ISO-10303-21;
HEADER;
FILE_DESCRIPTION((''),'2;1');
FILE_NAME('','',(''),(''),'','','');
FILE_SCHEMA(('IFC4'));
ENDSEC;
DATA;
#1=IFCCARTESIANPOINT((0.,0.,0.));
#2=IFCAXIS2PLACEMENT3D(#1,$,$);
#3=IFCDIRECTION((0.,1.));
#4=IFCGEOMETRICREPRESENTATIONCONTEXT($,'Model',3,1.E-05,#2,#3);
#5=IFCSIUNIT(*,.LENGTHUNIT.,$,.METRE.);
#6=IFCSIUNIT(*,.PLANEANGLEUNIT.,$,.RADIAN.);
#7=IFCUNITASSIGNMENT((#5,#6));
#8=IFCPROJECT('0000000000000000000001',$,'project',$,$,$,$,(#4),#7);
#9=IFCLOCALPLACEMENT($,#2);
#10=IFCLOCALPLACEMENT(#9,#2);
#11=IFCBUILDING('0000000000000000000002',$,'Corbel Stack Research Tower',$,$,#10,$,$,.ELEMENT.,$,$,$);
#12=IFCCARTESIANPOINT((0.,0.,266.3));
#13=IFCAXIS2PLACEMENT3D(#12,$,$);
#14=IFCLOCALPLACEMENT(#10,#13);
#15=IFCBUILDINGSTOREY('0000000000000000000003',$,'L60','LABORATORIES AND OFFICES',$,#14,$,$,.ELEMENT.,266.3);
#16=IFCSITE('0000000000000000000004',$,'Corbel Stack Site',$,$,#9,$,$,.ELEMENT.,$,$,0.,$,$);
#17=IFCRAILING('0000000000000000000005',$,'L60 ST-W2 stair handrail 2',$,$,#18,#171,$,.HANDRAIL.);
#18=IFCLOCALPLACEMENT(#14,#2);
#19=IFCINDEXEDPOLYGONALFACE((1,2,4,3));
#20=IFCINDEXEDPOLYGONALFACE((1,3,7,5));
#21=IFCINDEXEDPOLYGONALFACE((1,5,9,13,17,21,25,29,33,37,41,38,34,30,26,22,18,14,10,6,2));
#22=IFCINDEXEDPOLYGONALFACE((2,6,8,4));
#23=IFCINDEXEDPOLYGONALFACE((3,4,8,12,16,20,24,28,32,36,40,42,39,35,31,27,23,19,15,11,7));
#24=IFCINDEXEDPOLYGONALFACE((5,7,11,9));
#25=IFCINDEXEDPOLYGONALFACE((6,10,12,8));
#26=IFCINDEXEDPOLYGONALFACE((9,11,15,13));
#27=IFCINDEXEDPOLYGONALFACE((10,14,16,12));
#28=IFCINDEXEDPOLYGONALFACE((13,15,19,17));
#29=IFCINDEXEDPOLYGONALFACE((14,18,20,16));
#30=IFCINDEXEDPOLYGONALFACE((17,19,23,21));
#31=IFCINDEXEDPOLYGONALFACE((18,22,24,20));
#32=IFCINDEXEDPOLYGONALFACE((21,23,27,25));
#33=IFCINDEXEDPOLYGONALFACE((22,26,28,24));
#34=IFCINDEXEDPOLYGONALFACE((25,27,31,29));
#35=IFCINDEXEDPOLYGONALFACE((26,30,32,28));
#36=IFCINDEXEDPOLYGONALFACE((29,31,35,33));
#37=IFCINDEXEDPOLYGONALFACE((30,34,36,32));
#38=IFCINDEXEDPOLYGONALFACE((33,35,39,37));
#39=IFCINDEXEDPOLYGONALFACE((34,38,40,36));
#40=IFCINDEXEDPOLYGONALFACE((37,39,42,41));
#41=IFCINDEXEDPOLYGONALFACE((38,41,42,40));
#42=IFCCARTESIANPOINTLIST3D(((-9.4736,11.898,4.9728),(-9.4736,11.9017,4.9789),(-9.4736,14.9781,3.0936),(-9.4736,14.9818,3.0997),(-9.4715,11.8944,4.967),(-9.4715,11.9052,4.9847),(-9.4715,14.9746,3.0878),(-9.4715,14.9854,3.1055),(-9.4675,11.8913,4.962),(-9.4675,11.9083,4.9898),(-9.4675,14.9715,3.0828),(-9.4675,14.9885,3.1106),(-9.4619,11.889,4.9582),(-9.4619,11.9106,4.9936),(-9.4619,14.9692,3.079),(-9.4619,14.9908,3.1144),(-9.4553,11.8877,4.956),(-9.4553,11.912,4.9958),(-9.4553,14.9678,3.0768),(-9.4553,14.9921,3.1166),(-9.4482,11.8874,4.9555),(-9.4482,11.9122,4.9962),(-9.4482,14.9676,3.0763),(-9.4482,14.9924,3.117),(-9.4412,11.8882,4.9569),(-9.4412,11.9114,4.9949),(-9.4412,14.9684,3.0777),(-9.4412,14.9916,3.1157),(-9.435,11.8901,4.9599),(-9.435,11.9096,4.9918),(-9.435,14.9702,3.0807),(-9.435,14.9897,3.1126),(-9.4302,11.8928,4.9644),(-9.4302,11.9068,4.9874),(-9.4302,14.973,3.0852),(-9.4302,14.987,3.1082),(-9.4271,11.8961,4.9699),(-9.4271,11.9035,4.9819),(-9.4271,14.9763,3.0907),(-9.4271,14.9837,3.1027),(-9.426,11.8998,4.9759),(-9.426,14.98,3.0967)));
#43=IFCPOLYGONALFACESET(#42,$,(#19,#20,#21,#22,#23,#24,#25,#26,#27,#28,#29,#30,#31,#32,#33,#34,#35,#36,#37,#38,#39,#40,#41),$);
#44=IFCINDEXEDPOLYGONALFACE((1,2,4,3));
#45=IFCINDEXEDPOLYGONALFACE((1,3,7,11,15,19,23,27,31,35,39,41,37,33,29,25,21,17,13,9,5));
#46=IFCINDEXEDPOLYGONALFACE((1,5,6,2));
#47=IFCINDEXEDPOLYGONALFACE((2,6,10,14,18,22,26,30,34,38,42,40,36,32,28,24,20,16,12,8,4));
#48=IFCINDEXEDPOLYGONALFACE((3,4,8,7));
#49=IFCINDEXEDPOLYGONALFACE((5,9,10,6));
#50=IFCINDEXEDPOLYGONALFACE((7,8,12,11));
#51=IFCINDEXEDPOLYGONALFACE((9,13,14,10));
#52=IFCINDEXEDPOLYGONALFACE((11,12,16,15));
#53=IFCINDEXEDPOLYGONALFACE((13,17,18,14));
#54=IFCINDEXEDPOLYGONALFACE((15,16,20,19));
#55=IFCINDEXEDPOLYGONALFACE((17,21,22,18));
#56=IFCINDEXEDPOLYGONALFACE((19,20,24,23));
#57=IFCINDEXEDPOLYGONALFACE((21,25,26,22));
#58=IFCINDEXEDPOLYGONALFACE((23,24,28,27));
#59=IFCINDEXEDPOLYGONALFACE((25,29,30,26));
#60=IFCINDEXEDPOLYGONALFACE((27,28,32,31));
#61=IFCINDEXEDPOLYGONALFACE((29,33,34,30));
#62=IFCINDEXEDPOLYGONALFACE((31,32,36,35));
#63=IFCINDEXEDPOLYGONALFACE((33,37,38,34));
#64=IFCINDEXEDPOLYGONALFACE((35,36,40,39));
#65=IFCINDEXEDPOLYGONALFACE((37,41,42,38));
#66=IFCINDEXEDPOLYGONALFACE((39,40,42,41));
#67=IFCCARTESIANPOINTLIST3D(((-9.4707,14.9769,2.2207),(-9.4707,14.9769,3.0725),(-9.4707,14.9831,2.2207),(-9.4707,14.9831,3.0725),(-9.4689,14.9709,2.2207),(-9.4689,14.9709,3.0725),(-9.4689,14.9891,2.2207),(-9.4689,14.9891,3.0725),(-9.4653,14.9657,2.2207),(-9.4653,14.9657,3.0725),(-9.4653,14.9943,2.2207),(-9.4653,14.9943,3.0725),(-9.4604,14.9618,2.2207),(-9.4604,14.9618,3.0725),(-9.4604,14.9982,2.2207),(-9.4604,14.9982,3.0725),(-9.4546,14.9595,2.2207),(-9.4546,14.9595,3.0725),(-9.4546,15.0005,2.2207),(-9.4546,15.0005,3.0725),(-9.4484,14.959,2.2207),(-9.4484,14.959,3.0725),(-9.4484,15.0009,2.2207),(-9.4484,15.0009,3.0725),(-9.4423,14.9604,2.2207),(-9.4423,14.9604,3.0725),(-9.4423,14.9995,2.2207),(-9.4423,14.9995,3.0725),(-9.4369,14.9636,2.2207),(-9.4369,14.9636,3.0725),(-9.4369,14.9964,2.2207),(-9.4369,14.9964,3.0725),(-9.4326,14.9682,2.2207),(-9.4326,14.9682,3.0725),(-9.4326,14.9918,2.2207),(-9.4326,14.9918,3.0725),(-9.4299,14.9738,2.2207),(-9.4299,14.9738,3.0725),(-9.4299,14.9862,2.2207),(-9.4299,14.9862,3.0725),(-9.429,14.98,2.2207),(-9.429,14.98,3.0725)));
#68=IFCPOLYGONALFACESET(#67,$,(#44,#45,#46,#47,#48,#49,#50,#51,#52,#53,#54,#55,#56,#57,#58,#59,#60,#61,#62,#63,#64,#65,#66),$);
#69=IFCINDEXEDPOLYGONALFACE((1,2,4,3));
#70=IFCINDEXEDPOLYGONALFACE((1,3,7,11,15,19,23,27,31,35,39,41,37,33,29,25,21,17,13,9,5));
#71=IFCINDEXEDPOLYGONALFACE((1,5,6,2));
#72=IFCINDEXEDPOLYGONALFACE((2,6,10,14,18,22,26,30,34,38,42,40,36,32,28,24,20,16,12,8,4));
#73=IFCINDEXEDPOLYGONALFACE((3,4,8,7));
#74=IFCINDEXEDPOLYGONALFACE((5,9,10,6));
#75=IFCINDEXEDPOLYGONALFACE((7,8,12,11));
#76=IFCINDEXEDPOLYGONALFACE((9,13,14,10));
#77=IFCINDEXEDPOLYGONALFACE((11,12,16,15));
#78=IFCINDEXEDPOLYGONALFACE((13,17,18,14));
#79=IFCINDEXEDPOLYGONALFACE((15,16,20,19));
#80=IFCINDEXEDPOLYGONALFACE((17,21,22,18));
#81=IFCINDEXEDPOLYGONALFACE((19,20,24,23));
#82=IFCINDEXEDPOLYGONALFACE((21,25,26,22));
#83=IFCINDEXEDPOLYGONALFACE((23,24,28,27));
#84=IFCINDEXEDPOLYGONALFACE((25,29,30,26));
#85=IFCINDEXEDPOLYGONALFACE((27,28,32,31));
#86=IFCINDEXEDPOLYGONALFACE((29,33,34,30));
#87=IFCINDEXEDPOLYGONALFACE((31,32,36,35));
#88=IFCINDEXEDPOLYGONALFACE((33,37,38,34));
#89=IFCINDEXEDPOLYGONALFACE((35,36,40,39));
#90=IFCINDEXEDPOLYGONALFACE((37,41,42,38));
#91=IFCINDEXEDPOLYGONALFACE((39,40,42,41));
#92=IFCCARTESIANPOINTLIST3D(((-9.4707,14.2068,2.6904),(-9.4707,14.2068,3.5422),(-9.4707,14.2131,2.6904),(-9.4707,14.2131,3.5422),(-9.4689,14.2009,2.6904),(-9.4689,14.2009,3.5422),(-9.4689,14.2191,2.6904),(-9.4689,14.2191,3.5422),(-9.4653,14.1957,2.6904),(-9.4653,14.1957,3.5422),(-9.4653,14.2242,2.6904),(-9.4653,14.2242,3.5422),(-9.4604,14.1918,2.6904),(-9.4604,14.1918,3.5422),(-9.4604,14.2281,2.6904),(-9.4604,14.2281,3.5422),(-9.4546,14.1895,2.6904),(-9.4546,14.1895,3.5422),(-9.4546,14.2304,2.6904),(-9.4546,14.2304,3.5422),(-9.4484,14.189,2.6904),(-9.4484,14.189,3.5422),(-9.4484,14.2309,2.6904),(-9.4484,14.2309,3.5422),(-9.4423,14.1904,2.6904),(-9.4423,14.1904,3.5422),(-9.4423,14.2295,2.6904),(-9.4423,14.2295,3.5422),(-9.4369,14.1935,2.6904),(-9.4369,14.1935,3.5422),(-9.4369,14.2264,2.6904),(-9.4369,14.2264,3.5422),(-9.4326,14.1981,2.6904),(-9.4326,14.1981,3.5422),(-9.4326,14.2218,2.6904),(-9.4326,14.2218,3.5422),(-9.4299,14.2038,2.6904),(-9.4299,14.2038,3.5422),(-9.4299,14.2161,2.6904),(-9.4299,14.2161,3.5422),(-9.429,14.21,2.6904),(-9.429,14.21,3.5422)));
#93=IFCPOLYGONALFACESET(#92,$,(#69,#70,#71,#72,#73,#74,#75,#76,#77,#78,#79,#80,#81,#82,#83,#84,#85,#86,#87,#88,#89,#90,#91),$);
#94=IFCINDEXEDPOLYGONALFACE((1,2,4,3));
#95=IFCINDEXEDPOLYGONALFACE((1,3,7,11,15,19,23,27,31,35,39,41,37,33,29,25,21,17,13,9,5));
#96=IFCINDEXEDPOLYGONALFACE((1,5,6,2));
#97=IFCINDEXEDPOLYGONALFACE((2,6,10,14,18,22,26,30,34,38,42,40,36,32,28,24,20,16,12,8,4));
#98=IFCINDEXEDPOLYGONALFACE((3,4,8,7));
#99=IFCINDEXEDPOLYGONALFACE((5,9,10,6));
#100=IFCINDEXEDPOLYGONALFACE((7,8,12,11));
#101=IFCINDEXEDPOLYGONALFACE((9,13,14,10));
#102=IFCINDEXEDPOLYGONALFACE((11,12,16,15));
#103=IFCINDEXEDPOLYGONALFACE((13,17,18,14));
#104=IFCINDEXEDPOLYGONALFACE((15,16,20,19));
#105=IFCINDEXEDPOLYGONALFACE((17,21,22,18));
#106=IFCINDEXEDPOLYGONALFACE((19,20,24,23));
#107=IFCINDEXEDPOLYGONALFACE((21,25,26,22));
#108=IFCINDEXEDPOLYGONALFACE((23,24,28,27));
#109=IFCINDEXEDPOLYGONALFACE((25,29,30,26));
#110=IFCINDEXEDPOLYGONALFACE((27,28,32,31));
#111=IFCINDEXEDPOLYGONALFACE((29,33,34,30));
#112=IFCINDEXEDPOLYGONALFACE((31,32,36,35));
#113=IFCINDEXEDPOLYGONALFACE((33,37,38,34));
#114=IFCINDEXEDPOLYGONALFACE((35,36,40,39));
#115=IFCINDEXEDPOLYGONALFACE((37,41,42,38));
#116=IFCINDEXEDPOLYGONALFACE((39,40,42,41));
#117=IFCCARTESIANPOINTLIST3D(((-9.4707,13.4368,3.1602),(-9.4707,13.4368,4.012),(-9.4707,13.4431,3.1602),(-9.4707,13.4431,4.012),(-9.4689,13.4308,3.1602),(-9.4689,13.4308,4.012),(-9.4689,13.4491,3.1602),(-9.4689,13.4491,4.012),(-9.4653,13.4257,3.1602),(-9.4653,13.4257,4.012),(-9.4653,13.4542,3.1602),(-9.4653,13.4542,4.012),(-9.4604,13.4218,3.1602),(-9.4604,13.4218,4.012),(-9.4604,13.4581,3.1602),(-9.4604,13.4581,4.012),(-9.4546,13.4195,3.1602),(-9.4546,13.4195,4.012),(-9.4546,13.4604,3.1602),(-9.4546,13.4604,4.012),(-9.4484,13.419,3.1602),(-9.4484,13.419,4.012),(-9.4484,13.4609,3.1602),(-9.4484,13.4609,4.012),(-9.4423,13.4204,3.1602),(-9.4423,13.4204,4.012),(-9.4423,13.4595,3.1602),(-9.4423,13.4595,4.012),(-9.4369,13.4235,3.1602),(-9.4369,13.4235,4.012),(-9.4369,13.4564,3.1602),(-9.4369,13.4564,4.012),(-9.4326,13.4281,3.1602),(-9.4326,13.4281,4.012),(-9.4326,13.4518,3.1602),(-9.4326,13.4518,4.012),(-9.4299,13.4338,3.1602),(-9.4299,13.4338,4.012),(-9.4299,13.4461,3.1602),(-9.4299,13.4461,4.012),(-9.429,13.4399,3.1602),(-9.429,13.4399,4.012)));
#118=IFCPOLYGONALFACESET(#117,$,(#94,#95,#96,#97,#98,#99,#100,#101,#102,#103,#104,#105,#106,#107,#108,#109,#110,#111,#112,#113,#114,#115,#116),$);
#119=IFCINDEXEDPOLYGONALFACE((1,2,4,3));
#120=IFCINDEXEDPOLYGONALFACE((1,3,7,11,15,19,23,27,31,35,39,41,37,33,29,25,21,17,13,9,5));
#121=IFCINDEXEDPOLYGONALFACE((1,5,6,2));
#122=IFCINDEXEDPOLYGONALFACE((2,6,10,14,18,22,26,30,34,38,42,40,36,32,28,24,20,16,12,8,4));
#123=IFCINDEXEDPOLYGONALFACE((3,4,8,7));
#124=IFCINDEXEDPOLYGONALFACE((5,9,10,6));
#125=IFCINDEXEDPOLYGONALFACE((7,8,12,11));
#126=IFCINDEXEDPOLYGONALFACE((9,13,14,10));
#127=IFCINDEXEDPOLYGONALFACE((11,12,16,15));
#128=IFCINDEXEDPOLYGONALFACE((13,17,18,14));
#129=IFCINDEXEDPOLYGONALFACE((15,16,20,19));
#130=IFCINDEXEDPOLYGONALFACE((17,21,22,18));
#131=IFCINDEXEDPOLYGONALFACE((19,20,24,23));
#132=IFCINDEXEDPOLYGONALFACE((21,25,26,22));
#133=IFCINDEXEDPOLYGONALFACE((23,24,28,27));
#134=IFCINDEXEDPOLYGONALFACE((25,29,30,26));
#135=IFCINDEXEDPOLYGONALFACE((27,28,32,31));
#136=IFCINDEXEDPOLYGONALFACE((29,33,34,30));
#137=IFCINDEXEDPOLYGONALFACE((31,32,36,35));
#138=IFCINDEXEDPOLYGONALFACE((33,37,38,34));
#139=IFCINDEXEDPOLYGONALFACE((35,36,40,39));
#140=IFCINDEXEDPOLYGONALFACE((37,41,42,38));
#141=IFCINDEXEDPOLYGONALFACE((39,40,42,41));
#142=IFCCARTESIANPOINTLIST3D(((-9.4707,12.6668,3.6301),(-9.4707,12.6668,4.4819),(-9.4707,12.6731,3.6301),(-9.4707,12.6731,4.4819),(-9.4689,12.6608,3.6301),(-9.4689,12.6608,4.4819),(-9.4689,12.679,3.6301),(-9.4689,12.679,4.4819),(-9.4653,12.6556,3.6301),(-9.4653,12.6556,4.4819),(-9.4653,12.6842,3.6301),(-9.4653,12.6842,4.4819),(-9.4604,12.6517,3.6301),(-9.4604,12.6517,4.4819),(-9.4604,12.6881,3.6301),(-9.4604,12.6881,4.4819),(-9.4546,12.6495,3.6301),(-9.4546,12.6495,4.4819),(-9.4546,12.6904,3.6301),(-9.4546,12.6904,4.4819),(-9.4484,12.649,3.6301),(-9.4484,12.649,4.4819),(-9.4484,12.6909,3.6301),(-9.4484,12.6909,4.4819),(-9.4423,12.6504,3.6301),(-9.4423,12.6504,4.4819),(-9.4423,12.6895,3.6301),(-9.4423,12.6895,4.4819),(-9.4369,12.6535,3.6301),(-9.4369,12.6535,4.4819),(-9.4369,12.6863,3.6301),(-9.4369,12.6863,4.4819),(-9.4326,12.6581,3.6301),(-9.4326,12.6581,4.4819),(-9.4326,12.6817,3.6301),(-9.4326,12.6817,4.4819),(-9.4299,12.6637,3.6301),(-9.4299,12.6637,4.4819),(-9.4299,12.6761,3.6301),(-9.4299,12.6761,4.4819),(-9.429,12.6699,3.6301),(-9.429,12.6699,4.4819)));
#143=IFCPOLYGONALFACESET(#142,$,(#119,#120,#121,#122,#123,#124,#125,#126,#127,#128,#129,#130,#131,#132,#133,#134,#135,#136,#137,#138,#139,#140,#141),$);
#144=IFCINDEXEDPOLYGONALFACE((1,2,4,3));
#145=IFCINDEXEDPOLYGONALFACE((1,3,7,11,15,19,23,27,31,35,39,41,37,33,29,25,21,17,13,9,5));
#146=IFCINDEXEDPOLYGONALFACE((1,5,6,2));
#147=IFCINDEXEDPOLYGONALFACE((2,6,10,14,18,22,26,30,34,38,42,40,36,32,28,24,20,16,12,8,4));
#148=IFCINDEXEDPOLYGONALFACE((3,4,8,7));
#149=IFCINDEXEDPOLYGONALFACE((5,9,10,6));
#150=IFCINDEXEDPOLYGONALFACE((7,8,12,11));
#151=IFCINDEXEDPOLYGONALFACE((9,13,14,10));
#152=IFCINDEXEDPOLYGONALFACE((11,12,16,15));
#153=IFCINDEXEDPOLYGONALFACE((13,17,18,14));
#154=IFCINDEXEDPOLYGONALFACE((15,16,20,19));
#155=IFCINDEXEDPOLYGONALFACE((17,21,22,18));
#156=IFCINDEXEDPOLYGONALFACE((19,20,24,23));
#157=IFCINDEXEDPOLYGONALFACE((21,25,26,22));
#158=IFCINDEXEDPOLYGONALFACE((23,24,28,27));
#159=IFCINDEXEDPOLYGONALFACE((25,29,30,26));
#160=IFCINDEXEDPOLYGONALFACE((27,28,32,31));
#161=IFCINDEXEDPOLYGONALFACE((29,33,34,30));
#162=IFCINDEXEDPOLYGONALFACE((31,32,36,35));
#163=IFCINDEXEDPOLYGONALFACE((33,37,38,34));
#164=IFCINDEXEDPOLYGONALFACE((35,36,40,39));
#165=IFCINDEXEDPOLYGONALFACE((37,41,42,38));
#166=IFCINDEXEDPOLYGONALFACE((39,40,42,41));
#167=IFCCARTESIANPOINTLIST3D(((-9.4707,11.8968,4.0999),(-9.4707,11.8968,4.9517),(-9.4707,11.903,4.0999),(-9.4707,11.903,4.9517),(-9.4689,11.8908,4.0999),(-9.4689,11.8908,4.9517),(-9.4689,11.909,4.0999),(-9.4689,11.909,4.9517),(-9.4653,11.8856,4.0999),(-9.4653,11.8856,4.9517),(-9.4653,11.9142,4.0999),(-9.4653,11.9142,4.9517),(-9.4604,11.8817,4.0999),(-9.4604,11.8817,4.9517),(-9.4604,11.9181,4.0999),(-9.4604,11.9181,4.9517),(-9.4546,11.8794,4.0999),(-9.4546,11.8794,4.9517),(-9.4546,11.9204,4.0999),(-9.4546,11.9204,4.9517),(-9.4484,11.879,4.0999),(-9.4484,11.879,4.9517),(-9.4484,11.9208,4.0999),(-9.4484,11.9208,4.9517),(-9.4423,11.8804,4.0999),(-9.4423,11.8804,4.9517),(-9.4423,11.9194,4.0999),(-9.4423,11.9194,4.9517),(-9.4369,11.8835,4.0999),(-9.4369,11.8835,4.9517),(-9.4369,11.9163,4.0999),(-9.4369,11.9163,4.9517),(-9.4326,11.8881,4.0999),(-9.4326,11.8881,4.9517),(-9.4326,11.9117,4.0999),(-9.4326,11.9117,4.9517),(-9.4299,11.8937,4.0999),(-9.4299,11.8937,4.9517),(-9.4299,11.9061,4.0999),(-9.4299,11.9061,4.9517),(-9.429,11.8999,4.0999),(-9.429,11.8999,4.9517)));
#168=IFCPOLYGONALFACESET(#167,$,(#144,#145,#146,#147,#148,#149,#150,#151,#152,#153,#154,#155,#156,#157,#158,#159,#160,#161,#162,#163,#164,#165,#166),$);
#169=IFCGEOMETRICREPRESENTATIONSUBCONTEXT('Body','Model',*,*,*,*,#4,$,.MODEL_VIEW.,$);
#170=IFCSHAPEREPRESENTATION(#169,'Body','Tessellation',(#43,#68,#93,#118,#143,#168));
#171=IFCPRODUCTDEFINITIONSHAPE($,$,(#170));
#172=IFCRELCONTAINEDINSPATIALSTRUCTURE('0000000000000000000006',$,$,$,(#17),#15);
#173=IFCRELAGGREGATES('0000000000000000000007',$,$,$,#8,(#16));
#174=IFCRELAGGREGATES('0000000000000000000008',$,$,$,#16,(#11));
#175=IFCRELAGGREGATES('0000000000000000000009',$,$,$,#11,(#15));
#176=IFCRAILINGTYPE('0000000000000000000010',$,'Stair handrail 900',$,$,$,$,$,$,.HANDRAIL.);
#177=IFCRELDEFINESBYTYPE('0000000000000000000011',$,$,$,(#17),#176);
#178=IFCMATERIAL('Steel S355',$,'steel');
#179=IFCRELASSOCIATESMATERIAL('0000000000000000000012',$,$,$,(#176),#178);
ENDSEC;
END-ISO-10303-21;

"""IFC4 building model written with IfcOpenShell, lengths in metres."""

from ifc_helpers import new_model, si_unit, direction, frame, origin, origin_2d, place, context, subcontext, project, spatial, circle, extrude, material, type_object, element, save


model = new_model("IFC4")

# Units and contexts
model_context = context("Model", 3, precision=1e-05, world=origin(), true_north=direction((0.0, 1.0)))
body_context = subcontext(model_context, "Body", "Model", "MODEL_VIEW")
ifc_project = project(units=[si_unit("LENGTHUNIT", "METRE"), si_unit("PLANEANGLEUNIT", "RADIAN")], contexts=[model_context])

# Site, building, storey
site_placement = place(None, origin())
site = spatial("IfcSite", under=ifc_project, at=site_placement, Name="Corbel Stack Site", CompositionType="ELEMENT", RefElevation=0.0)
building_placement = place(site_placement, origin())
building = spatial("IfcBuilding", under=site, at=building_placement, Name="Corbel Stack Research Tower", CompositionType="ELEMENT")
storey_placement = place(building_placement, frame((0.0, 0.0, 266.3)))
storey = spatial("IfcBuildingStorey", under=building, at=storey_placement, Name="L60", Description="LABORATORIES AND OFFICES", CompositionType="ELEMENT", Elevation=266.3)

# Railing
ifc_material_1 = material(Name="Steel S355", Category="steel")
railing_type_1 = type_object("IfcRailingType", Name="Stair handrail 900", PredefinedType="HANDRAIL", material=ifc_material_1)
railing_1_placement = place(storey_placement, frame((-9.45, 14.98, 2.2207)))
element("IfcRailing", 1, at=railing_1_placement, inside=storey, type_object=railing_type_1, Name="L60 ST-W2 stair handrail 2", PredefinedType="HANDRAIL", context=body_context, shape_type="SweptSolid", body=[
    extrude(circle(Radius=0.0239, at=origin_2d()), frame((0.0, 0.0, 0.876), z_axis=(0.0, -0.853666, 0.52082), x_axis=(1.0, 0.0, 0.0)), (0.0, 0.0, 1.0), 3.6082),
    extrude(circle(Radius=0.021, at=origin_2d()), origin(), (0.0, 0.0, 1.0), 0.8518),
    extrude(circle(Radius=0.021, at=origin_2d()), frame((0.0, -0.77, 0.4697)), (0.0, 0.0, 1.0), 0.8518),
    extrude(circle(Radius=0.021, at=origin_2d()), frame((0.0, -1.54, 0.9395)), (0.0, 0.0, 1.0), 0.8518),
    extrude(circle(Radius=0.021, at=origin_2d()), frame((0.0, -2.3101, 1.4094)), (0.0, 0.0, 1.0), 0.8518),
    extrude(circle(Radius=0.021, at=origin_2d()), frame((0.0, -3.0801, 1.8792)), (0.0, 0.0, 1.0), 0.8518),
])

save(model, "model.ifc")
